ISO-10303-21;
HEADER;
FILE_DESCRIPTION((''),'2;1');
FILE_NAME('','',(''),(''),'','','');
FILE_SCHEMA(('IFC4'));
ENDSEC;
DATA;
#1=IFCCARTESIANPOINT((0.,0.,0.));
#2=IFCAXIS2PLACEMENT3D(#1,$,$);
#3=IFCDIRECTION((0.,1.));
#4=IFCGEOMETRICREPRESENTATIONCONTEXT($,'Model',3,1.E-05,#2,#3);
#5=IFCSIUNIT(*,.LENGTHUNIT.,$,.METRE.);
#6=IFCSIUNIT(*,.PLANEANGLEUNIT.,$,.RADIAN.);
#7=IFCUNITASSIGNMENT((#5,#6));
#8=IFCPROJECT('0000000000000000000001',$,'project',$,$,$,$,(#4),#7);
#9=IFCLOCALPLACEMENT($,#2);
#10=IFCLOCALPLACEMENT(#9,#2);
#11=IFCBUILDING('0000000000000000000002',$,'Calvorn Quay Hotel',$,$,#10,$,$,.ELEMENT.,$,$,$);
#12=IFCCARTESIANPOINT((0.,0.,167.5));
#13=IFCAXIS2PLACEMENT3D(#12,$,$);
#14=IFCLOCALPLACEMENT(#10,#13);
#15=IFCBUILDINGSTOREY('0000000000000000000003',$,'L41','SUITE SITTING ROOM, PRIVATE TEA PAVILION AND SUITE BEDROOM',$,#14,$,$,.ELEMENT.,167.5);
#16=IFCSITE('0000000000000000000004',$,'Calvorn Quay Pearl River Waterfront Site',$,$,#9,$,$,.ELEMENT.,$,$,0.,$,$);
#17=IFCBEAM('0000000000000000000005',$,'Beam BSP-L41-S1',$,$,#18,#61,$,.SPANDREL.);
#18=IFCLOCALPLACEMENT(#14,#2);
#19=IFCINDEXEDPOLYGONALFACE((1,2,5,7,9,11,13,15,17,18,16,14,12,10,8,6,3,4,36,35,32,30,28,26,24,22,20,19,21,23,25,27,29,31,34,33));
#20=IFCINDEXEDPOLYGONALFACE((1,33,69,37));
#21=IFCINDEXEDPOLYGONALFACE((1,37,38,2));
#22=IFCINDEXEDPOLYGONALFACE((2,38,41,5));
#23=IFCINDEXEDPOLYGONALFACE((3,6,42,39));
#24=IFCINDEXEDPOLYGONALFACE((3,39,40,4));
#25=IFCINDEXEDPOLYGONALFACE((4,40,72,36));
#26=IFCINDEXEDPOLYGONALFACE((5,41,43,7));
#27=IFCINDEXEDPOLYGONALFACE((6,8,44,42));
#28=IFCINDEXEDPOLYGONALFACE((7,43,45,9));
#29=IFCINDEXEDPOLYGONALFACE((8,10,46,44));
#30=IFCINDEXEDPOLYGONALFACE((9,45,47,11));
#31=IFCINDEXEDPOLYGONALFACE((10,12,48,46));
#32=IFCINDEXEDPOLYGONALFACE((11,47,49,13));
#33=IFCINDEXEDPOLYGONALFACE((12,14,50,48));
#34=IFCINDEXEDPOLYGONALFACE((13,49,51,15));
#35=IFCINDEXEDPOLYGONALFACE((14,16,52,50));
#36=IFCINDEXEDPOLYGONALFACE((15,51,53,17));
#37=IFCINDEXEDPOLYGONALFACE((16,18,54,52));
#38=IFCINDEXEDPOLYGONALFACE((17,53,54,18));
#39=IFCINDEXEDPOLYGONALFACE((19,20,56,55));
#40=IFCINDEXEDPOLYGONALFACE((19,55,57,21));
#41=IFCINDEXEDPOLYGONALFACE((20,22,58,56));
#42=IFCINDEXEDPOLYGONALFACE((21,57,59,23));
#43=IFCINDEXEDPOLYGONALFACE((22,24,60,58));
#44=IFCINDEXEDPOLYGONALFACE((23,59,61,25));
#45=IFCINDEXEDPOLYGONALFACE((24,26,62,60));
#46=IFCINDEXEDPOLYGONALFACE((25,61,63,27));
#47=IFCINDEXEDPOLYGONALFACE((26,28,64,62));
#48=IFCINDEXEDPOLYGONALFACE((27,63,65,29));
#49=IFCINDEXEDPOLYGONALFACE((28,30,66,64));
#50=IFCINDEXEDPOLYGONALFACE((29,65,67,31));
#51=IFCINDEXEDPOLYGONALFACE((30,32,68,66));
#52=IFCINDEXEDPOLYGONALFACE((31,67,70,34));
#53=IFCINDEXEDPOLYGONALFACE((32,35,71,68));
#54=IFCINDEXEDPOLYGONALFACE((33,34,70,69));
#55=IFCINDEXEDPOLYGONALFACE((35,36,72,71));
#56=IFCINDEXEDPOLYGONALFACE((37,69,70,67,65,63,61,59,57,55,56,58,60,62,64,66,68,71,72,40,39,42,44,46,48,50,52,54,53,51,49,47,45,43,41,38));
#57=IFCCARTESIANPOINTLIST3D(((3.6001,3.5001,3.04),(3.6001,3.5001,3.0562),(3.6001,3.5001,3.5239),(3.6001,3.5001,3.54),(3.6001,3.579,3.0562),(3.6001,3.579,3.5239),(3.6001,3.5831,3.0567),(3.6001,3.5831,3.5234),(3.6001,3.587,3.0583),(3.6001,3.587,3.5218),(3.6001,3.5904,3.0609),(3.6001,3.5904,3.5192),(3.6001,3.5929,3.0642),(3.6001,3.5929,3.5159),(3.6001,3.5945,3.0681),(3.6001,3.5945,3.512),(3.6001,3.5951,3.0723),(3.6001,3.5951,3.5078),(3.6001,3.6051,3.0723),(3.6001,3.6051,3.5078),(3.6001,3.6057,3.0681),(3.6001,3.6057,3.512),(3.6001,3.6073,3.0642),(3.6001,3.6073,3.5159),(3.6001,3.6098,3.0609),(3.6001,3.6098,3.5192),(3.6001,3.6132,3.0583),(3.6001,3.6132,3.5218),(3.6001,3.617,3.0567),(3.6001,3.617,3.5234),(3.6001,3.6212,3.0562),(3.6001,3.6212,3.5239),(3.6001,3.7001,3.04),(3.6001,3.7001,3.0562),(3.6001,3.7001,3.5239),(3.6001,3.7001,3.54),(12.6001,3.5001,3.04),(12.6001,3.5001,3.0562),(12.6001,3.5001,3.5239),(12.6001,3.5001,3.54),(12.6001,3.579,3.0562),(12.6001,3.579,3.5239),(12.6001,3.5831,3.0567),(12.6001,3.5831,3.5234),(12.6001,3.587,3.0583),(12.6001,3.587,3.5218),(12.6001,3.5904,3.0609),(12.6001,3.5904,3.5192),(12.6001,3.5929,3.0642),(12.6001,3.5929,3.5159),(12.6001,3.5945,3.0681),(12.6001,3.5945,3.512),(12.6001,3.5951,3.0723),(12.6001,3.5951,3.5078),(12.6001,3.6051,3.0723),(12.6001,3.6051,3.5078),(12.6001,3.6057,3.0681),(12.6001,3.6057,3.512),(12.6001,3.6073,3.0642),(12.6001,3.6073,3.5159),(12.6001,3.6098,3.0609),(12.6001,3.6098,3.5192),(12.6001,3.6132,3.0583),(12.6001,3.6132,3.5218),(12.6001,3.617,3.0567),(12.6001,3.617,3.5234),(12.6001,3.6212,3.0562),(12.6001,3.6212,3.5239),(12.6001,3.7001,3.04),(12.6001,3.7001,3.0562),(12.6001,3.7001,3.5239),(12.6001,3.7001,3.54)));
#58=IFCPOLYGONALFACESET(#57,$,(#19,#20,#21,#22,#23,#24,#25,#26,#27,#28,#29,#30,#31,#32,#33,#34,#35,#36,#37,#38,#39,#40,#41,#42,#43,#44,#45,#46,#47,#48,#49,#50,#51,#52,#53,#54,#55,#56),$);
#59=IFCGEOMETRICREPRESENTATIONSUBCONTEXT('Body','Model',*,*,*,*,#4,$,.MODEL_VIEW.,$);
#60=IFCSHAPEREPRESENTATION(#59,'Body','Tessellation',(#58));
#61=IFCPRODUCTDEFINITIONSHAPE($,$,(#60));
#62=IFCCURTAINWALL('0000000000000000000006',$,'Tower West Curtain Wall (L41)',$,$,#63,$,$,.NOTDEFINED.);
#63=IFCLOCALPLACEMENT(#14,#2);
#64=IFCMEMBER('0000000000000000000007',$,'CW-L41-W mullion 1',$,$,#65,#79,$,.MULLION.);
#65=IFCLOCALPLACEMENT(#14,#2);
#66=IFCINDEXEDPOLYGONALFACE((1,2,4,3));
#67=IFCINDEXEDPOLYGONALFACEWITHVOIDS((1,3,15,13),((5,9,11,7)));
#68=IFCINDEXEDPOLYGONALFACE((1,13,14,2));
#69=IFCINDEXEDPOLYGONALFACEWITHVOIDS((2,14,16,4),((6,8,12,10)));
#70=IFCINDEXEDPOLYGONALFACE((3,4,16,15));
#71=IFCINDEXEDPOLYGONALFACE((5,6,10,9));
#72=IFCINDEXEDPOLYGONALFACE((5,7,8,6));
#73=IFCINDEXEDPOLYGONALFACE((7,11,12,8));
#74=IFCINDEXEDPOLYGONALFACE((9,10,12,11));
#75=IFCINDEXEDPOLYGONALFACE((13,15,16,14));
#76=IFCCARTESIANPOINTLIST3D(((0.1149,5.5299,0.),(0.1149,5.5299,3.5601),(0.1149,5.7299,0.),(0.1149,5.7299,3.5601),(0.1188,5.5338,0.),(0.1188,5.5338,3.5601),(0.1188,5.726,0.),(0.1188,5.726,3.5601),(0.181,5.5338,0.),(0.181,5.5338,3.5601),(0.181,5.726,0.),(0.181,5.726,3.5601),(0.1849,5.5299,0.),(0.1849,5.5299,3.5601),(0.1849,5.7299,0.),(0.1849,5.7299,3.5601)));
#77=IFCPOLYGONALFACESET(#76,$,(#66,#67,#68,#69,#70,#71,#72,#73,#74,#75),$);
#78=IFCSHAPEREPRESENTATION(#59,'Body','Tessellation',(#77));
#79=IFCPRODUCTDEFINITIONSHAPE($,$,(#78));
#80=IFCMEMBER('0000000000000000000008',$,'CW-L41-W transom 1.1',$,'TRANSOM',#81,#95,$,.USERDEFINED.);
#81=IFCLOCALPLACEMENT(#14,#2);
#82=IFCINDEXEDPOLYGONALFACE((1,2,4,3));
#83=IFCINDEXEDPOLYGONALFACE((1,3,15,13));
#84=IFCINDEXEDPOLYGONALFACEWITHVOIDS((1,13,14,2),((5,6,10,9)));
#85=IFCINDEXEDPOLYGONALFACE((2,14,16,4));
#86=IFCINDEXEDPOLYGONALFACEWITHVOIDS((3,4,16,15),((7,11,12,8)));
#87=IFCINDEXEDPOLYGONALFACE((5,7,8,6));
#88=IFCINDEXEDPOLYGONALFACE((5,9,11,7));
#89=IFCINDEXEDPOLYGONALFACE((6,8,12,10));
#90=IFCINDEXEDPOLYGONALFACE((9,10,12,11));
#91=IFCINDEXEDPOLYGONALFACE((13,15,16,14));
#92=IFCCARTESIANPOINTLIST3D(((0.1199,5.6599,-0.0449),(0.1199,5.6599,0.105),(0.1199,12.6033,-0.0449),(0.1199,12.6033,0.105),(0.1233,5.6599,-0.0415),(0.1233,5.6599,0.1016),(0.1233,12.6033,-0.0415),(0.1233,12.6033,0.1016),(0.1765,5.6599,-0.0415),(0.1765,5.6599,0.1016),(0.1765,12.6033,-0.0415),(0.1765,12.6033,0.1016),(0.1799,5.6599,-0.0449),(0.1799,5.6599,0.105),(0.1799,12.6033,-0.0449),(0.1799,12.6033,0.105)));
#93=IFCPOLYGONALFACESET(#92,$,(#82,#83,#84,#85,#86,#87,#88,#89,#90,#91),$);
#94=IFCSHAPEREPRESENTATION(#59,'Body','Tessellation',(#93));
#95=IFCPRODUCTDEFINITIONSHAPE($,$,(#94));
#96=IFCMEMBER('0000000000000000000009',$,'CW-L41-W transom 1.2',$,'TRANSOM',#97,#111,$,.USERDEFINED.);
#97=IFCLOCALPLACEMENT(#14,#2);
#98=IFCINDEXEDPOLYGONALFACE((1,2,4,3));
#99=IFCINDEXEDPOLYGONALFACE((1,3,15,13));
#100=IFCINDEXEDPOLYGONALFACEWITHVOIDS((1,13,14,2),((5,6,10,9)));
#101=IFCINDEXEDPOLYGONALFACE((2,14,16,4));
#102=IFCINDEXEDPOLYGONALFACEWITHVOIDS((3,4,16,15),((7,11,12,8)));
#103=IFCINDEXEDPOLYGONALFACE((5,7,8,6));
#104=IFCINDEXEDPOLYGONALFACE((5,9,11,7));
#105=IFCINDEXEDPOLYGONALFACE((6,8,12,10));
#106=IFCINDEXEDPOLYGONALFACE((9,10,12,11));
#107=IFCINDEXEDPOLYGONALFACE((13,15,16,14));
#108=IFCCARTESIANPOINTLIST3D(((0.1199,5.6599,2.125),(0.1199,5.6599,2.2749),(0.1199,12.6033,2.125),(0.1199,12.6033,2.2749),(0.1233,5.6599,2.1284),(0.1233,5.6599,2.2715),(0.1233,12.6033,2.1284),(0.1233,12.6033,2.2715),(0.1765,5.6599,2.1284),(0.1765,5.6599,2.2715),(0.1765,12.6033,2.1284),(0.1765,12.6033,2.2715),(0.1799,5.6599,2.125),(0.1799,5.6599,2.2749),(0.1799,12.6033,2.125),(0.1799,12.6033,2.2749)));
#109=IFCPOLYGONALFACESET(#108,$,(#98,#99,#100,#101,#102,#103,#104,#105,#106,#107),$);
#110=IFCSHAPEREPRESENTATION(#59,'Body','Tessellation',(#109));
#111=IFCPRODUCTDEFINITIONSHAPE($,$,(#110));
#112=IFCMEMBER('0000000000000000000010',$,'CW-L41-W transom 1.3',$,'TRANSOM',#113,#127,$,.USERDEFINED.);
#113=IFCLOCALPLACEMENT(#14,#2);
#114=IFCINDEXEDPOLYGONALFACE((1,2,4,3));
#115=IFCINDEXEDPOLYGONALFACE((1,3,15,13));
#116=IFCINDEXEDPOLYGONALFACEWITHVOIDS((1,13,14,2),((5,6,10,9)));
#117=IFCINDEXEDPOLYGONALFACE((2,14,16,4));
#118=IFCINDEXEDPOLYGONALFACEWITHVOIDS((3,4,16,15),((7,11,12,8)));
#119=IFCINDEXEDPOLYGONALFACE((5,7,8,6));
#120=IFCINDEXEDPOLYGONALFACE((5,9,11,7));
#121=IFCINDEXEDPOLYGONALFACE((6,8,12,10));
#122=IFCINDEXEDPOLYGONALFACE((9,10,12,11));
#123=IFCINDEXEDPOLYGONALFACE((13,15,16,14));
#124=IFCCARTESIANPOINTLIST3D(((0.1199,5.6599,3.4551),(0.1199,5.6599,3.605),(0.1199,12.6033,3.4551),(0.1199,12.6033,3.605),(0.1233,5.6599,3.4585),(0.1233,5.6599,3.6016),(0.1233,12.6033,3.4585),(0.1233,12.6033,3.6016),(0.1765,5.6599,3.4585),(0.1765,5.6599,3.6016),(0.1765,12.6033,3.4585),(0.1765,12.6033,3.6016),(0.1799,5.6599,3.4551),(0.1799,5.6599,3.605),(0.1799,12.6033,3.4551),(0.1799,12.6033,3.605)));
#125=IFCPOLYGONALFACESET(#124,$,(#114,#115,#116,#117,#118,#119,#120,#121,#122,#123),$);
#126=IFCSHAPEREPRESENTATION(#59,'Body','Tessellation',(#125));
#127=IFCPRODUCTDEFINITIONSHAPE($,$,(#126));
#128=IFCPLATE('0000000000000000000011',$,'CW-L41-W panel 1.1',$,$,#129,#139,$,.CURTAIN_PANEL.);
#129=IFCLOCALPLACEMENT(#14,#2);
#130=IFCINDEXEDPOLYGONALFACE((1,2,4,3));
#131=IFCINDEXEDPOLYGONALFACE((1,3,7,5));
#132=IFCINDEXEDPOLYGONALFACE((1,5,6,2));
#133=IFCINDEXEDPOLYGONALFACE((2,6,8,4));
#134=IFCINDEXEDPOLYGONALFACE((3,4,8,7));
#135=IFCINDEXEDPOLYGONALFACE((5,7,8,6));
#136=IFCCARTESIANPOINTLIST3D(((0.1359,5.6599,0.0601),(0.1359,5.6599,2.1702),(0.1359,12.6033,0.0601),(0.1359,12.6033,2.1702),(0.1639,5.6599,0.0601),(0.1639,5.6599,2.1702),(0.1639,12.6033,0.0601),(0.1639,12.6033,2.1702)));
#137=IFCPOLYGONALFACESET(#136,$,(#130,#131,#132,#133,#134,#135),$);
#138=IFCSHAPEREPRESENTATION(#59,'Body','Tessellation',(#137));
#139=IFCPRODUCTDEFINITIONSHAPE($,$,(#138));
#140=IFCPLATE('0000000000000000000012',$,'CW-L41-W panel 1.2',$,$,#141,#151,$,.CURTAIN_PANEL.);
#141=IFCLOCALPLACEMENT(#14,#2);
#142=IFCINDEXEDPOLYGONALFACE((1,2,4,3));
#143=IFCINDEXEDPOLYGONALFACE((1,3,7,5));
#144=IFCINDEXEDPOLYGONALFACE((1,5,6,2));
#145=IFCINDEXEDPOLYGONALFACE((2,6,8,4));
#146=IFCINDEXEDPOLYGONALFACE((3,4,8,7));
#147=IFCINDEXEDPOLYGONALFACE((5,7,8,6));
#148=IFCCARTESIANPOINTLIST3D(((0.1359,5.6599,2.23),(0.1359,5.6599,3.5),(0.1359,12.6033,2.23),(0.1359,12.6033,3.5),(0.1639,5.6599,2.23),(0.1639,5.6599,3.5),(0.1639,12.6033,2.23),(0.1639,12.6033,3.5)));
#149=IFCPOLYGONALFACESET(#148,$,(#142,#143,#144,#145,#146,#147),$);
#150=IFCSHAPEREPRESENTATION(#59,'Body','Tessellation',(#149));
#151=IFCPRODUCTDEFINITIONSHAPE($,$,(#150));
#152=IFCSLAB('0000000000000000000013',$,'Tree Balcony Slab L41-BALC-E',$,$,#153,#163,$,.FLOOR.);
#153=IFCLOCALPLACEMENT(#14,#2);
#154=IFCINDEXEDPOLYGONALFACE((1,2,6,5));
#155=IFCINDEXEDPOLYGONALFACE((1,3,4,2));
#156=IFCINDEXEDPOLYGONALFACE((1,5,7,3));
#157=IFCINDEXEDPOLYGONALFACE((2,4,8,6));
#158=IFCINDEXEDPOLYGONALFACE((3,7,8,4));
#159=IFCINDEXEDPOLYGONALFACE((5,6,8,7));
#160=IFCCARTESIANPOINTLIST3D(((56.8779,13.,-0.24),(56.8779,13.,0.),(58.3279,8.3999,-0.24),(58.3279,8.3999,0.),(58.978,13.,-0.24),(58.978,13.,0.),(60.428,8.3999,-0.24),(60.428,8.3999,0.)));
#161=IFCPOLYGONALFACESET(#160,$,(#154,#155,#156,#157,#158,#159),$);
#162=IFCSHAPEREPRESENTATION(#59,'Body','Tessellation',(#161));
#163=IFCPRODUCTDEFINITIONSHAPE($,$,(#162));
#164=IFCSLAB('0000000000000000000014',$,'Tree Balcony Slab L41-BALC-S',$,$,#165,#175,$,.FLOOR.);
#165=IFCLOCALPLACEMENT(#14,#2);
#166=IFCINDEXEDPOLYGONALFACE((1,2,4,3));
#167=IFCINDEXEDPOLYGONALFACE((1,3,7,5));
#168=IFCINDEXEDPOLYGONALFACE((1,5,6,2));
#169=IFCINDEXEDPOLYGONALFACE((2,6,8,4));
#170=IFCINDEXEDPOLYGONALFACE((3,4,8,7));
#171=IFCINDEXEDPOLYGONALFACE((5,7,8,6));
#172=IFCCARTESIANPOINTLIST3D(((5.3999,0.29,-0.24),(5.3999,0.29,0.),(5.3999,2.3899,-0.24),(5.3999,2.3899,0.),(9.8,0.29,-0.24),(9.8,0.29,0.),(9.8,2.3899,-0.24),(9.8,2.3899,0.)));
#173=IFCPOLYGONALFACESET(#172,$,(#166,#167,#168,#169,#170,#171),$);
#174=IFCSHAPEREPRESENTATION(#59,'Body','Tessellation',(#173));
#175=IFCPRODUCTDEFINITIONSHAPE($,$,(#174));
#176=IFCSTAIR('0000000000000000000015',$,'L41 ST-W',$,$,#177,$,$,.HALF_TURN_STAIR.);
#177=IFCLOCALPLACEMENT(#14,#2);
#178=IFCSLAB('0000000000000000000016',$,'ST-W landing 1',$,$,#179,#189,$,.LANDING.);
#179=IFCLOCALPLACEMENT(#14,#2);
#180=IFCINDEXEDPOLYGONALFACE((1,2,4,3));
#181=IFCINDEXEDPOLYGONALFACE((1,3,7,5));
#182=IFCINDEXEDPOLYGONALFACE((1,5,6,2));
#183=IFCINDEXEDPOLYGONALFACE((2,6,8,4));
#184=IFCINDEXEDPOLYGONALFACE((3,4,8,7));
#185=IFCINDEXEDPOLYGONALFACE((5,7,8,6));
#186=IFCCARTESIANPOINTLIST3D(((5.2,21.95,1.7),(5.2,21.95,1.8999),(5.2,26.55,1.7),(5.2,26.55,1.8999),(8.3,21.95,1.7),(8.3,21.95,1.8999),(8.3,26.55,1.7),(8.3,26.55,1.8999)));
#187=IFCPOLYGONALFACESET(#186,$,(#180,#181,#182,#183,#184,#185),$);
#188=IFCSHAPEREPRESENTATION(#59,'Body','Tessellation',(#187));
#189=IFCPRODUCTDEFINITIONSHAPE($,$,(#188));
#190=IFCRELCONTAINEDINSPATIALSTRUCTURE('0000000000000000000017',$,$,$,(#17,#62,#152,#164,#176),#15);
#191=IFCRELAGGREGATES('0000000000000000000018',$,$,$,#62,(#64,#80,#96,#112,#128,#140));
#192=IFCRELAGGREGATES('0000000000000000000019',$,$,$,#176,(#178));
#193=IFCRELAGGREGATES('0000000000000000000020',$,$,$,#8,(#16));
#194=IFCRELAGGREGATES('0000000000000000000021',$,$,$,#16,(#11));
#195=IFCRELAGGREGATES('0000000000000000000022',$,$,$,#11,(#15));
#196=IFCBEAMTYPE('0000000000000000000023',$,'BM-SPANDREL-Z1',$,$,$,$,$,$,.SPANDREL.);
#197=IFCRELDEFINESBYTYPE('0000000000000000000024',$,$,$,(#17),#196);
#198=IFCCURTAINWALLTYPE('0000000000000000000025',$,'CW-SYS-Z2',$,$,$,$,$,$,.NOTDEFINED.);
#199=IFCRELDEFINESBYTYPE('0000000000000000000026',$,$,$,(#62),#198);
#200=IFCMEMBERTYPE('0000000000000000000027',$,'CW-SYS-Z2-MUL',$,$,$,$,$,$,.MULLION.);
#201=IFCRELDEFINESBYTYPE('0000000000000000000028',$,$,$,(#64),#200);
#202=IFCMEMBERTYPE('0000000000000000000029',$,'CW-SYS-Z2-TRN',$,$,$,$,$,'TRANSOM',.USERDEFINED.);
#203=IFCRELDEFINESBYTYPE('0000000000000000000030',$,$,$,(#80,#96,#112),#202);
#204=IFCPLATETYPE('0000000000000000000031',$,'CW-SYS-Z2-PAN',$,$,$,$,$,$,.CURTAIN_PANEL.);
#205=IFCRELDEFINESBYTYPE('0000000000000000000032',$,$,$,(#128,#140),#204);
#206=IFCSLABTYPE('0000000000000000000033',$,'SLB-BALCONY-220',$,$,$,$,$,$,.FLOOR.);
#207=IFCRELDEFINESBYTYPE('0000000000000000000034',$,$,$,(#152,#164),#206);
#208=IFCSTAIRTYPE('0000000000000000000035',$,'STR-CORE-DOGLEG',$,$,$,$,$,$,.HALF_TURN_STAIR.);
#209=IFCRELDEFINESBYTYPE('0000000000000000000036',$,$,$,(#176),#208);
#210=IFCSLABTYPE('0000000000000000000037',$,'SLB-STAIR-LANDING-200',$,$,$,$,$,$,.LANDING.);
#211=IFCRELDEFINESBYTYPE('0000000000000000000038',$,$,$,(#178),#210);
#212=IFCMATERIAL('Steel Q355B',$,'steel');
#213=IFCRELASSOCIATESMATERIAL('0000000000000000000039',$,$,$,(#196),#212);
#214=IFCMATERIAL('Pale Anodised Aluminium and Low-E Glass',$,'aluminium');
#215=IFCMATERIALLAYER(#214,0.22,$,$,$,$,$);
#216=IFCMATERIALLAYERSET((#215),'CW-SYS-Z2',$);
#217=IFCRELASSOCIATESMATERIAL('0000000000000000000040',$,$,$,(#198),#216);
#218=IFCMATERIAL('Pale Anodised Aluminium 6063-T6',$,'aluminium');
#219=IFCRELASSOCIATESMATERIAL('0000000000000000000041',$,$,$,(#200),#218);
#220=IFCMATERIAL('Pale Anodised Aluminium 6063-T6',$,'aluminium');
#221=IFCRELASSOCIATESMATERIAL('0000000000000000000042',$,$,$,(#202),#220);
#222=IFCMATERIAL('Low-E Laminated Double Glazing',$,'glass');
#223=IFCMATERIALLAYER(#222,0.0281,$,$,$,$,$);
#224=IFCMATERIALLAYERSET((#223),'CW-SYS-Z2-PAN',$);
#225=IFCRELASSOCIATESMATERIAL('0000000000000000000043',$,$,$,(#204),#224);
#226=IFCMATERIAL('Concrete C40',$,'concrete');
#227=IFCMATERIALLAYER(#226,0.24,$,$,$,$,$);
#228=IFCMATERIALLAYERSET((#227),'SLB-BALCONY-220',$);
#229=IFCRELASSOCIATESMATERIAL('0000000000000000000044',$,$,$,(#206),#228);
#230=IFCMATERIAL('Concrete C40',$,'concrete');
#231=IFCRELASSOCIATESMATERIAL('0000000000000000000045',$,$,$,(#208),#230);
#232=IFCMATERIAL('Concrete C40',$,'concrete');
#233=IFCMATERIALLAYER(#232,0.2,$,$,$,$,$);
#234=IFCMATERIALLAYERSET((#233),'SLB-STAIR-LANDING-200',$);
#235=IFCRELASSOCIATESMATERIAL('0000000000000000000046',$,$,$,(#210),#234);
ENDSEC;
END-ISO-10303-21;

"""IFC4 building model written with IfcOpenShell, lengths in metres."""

from ifc_helpers import new_model, si_unit, direction, frame, origin, origin_2d, place, context, subcontext, project, spatial, polyline, rectangle, hollow_rectangle, i_section, outline, extrude, material, layer, layer_set, material_profile, profile_set, type_object, element, aggregate, save


model = new_model("IFC4")

# Units and contexts
model_context = context("Model", 3, precision=1e-05, world=origin(), true_north=direction((0.0, 1.0)))
body_context = subcontext(model_context, "Body", "Model", "MODEL_VIEW")
ifc_project = project(units=[si_unit("LENGTHUNIT", "METRE"), si_unit("PLANEANGLEUNIT", "RADIAN")], contexts=[model_context])

# Site, building, storey
site_placement = place(None, origin())
site = spatial("IfcSite", under=ifc_project, at=site_placement, Name="Calvorn Quay Pearl River Waterfront Site", CompositionType="ELEMENT", RefElevation=0.0)
building_placement = place(site_placement, origin())
building = spatial("IfcBuilding", under=site, at=building_placement, Name="Calvorn Quay Hotel", CompositionType="ELEMENT")
storey_placement = place(building_placement, frame((0.0, 0.0, 167.5)))
storey = spatial("IfcBuildingStorey", under=building, at=storey_placement, Name="L41", Description="SUITE SITTING ROOM, PRIVATE TEA PAVILION AND SUITE BEDROOM", CompositionType="ELEMENT", Elevation=167.5)

# Beam
ifc_material_1 = material(Name="Steel Q355B", Category="steel")
ifc_material_profile_1 = material_profile(ifc_material_1, i_section(OverallWidth=0.2, OverallDepth=0.5, WebThickness=0.01, FlangeThickness=0.0161, FilletRadius=0.0161, at=origin_2d()), Name="HN500x200x10x16")
ifc_profile_set_1 = profile_set([ifc_material_profile_1], Name="Steel Q355B")
beam_type_1 = type_object("IfcBeamType", Name="BM-SPANDREL-Z1", PredefinedType="SPANDREL", material=ifc_profile_set_1)
beam_1_placement = place(storey_placement, frame((3.6001, 3.6001, 3.29), z_axis=(1.0, 0.0, 0.0), x_axis=(0.0, 1.0, 0.0)))
element("IfcBeam", 1, at=beam_1_placement, inside=storey, type_object=beam_type_1, Name="Beam BSP-L41-S1", PredefinedType="SPANDREL", context=body_context, shape_type="SweptSolid", body=[
    extrude(i_section(OverallWidth=0.2, OverallDepth=0.5, WebThickness=0.01, FlangeThickness=0.0161, FilletRadius=0.0161, at=origin_2d()), origin(), (0.0, 0.0, 1.0), 9.0),
])

# Curtain wall, members, plates
ifc_material_2 = material(Name="Pale Anodised Aluminium and Low-E Glass", Category="aluminium")
ifc_layer_1 = layer(ifc_material_2, 0.22)
ifc_layer_set_1 = layer_set([ifc_layer_1], Name="CW-SYS-Z2")
curtain_wall_type = type_object("IfcCurtainWallType", Name="CW-SYS-Z2", PredefinedType="NOTDEFINED", material=ifc_layer_set_1)
curtain_wall_placement = place(storey_placement, origin())
curtain_wall = element("IfcCurtainWall", 2, at=curtain_wall_placement, inside=storey, type_object=curtain_wall_type, Name="Tower West Curtain Wall (L41)", PredefinedType="NOTDEFINED")
ifc_material_3 = material(Name="Pale Anodised Aluminium 6063-T6", Category="aluminium")
ifc_material_profile_2 = material_profile(ifc_material_3, hollow_rectangle(XDim=0.0701, YDim=0.2, WallThickness=0.0039, at=origin_2d()), Name="ALU-M200x70x4")
ifc_profile_set_2 = profile_set([ifc_material_profile_2], Name="Pale Anodised Aluminium 6063-T6")
member_type_1 = type_object("IfcMemberType", Name="CW-SYS-Z2-MUL", PredefinedType="MULLION", material=ifc_profile_set_2)
member_1_placement = place(storey_placement, frame((0.1499, 5.6299, 0.0), z_axis=(0.0, 0.0, 1.0), x_axis=(-1.0, 0.0, 0.0)))
member_1 = element("IfcMember", 3, at=member_1_placement, type_object=member_type_1, Name="CW-L41-W mullion 1", PredefinedType="MULLION", context=body_context, shape_type="SweptSolid", body=[
    extrude(hollow_rectangle(XDim=0.0701, YDim=0.2, WallThickness=0.0039, at=origin_2d()), origin(), (0.0, 0.0, 1.0), 3.5601),
])
ifc_material_4 = material(Name="Pale Anodised Aluminium 6063-T6", Category="aluminium")
ifc_material_profile_3 = material_profile(ifc_material_4, hollow_rectangle(XDim=0.0601, YDim=0.1499, WallThickness=0.0034, at=origin_2d()), Name="ALU-T150x60x3.5")
ifc_profile_set_3 = profile_set([ifc_material_profile_3], Name="Pale Anodised Aluminium 6063-T6")
member_type_2 = type_object("IfcMemberType", Name="CW-SYS-Z2-TRN", ElementType="TRANSOM", PredefinedType="USERDEFINED", material=ifc_profile_set_3)
member_2_placement = place(storey_placement, frame((0.1499, 5.6599, 0.03), z_axis=(0.0, 1.0, 0.0), x_axis=(-1.0, 0.0, 0.0)))
member_2 = element("IfcMember", 4, at=member_2_placement, type_object=member_type_2, Name="CW-L41-W transom 1.1", ObjectType="TRANSOM", PredefinedType="USERDEFINED", context=body_context, shape_type="SweptSolid", body=[
    extrude(hollow_rectangle(XDim=0.0601, YDim=0.1499, WallThickness=0.0034, at=origin_2d()), origin(), (0.0, 0.0, 1.0), 6.9434),
])
member_3_placement = place(storey_placement, frame((0.1499, 5.6599, 2.2), z_axis=(0.0, 1.0, 0.0), x_axis=(-1.0, 0.0, 0.0)))
member_3 = element("IfcMember", 5, at=member_3_placement, type_object=member_type_2, Name="CW-L41-W transom 1.2", ObjectType="TRANSOM", PredefinedType="USERDEFINED", context=body_context, shape_type="SweptSolid", body=[
    extrude(hollow_rectangle(XDim=0.0601, YDim=0.1499, WallThickness=0.0034, at=origin_2d()), origin(), (0.0, 0.0, 1.0), 6.9434),
])
member_4_placement = place(storey_placement, frame((0.1499, 5.6599, 3.53), z_axis=(0.0, 1.0, 0.0), x_axis=(-1.0, 0.0, 0.0)))
member_4 = element("IfcMember", 6, at=member_4_placement, type_object=member_type_2, Name="CW-L41-W transom 1.3", ObjectType="TRANSOM", PredefinedType="USERDEFINED", context=body_context, shape_type="SweptSolid", body=[
    extrude(hollow_rectangle(XDim=0.0601, YDim=0.1499, WallThickness=0.0034, at=origin_2d()), origin(), (0.0, 0.0, 1.0), 6.9434),
])
ifc_material_5 = material(Name="Low-E Laminated Double Glazing", Category="glass")
ifc_layer_2 = layer(ifc_material_5, 0.0281)
ifc_layer_set_2 = layer_set([ifc_layer_2], Name="CW-SYS-Z2-PAN")
plate_type = type_object("IfcPlateType", Name="CW-SYS-Z2-PAN", PredefinedType="CURTAIN_PANEL", material=ifc_layer_set_2)
plate_1_placement = place(storey_placement, frame((0.1499, 9.1316, 0.0601), z_axis=(0.0, 0.0, 1.0), x_axis=(0.0, 1.0, 0.0)))
plate_1 = element("IfcPlate", 7, at=plate_1_placement, type_object=plate_type, Name="CW-L41-W panel 1.1", PredefinedType="CURTAIN_PANEL", context=body_context, shape_type="SweptSolid", body=[
    extrude(rectangle(XDim=6.9434, YDim=0.0281, at=origin_2d()), origin(), (0.0, 0.0, 1.0), 2.1101),
])
plate_2_placement = place(storey_placement, frame((0.1499, 9.1316, 2.23), z_axis=(0.0, 0.0, 1.0), x_axis=(0.0, 1.0, 0.0)))
plate_2 = element("IfcPlate", 8, at=plate_2_placement, type_object=plate_type, Name="CW-L41-W panel 1.2", PredefinedType="CURTAIN_PANEL", context=body_context, shape_type="SweptSolid", body=[
    extrude(rectangle(XDim=6.9434, YDim=0.0281, at=origin_2d()), origin(), (0.0, 0.0, 1.0), 1.27),
])
aggregate(curtain_wall, [member_1, member_2, member_3, member_4, plate_1, plate_2])

# Slabs
ifc_material_6 = material(Name="Concrete C40", Category="concrete")
ifc_layer_3 = layer(ifc_material_6, 0.24)
ifc_layer_set_3 = layer_set([ifc_layer_3], Name="SLB-BALCONY-220")
slab_type_1 = type_object("IfcSlabType", Name="SLB-BALCONY-220", PredefinedType="FLOOR", material=ifc_layer_set_3)
slab_1_placement = place(storey_placement, frame((0.0, 0.0, -0.24)))
element("IfcSlab", 9, at=slab_1_placement, inside=storey, type_object=slab_type_1, Name="Tree Balcony Slab L41-BALC-E", PredefinedType="FLOOR", context=body_context, shape_type="SweptSolid", body=[
    extrude(outline(polyline([(58.3279, 8.3999), (60.428, 8.3999), (58.978, 13.0), (56.8779, 13.0), (58.3279, 8.3999)])), origin(), (0.0, 0.0, 1.0), 0.24),
])
slab_2_placement = place(storey_placement, frame((0.0, 0.0, -0.24)))
element("IfcSlab", 10, at=slab_2_placement, inside=storey, type_object=slab_type_1, Name="Tree Balcony Slab L41-BALC-S", PredefinedType="FLOOR", context=body_context, shape_type="SweptSolid", body=[
    extrude(outline(polyline([(5.3999, 0.29), (9.8, 0.29), (9.8, 2.3899), (5.3999, 2.3899), (5.3999, 0.29)])), origin(), (0.0, 0.0, 1.0), 0.24),
])

# Stair, slab
ifc_material_7 = material(Name="Concrete C40", Category="concrete")
stair_type = type_object("IfcStairType", Name="STR-CORE-DOGLEG", PredefinedType="HALF_TURN_STAIR", material=ifc_material_7)
stair_1_placement = place(storey_placement, origin())
stair_1 = element("IfcStair", 11, at=stair_1_placement, inside=storey, type_object=stair_type, Name="L41 ST-W", PredefinedType="HALF_TURN_STAIR")
ifc_material_8 = material(Name="Concrete C40", Category="concrete")
ifc_layer_4 = layer(ifc_material_8, 0.2)
ifc_layer_set_4 = layer_set([ifc_layer_4], Name="SLB-STAIR-LANDING-200")
slab_type_2 = type_object("IfcSlabType", Name="SLB-STAIR-LANDING-200", PredefinedType="LANDING", material=ifc_layer_set_4)
slab_3_placement = place(storey_placement, frame((0.0, 0.0, 1.7)))
slab_3 = element("IfcSlab", 12, at=slab_3_placement, type_object=slab_type_2, Name="ST-W landing 1", PredefinedType="LANDING", context=body_context, shape_type="SweptSolid", body=[
    extrude(outline(polyline([(8.3, 21.95), (8.3, 26.55), (5.2, 26.55), (5.2, 21.95), (8.3, 21.95)])), origin(), (0.0, 0.0, 1.0), 0.2),
])
aggregate(stair_1, [slab_3])

save(model, "model.ifc")
